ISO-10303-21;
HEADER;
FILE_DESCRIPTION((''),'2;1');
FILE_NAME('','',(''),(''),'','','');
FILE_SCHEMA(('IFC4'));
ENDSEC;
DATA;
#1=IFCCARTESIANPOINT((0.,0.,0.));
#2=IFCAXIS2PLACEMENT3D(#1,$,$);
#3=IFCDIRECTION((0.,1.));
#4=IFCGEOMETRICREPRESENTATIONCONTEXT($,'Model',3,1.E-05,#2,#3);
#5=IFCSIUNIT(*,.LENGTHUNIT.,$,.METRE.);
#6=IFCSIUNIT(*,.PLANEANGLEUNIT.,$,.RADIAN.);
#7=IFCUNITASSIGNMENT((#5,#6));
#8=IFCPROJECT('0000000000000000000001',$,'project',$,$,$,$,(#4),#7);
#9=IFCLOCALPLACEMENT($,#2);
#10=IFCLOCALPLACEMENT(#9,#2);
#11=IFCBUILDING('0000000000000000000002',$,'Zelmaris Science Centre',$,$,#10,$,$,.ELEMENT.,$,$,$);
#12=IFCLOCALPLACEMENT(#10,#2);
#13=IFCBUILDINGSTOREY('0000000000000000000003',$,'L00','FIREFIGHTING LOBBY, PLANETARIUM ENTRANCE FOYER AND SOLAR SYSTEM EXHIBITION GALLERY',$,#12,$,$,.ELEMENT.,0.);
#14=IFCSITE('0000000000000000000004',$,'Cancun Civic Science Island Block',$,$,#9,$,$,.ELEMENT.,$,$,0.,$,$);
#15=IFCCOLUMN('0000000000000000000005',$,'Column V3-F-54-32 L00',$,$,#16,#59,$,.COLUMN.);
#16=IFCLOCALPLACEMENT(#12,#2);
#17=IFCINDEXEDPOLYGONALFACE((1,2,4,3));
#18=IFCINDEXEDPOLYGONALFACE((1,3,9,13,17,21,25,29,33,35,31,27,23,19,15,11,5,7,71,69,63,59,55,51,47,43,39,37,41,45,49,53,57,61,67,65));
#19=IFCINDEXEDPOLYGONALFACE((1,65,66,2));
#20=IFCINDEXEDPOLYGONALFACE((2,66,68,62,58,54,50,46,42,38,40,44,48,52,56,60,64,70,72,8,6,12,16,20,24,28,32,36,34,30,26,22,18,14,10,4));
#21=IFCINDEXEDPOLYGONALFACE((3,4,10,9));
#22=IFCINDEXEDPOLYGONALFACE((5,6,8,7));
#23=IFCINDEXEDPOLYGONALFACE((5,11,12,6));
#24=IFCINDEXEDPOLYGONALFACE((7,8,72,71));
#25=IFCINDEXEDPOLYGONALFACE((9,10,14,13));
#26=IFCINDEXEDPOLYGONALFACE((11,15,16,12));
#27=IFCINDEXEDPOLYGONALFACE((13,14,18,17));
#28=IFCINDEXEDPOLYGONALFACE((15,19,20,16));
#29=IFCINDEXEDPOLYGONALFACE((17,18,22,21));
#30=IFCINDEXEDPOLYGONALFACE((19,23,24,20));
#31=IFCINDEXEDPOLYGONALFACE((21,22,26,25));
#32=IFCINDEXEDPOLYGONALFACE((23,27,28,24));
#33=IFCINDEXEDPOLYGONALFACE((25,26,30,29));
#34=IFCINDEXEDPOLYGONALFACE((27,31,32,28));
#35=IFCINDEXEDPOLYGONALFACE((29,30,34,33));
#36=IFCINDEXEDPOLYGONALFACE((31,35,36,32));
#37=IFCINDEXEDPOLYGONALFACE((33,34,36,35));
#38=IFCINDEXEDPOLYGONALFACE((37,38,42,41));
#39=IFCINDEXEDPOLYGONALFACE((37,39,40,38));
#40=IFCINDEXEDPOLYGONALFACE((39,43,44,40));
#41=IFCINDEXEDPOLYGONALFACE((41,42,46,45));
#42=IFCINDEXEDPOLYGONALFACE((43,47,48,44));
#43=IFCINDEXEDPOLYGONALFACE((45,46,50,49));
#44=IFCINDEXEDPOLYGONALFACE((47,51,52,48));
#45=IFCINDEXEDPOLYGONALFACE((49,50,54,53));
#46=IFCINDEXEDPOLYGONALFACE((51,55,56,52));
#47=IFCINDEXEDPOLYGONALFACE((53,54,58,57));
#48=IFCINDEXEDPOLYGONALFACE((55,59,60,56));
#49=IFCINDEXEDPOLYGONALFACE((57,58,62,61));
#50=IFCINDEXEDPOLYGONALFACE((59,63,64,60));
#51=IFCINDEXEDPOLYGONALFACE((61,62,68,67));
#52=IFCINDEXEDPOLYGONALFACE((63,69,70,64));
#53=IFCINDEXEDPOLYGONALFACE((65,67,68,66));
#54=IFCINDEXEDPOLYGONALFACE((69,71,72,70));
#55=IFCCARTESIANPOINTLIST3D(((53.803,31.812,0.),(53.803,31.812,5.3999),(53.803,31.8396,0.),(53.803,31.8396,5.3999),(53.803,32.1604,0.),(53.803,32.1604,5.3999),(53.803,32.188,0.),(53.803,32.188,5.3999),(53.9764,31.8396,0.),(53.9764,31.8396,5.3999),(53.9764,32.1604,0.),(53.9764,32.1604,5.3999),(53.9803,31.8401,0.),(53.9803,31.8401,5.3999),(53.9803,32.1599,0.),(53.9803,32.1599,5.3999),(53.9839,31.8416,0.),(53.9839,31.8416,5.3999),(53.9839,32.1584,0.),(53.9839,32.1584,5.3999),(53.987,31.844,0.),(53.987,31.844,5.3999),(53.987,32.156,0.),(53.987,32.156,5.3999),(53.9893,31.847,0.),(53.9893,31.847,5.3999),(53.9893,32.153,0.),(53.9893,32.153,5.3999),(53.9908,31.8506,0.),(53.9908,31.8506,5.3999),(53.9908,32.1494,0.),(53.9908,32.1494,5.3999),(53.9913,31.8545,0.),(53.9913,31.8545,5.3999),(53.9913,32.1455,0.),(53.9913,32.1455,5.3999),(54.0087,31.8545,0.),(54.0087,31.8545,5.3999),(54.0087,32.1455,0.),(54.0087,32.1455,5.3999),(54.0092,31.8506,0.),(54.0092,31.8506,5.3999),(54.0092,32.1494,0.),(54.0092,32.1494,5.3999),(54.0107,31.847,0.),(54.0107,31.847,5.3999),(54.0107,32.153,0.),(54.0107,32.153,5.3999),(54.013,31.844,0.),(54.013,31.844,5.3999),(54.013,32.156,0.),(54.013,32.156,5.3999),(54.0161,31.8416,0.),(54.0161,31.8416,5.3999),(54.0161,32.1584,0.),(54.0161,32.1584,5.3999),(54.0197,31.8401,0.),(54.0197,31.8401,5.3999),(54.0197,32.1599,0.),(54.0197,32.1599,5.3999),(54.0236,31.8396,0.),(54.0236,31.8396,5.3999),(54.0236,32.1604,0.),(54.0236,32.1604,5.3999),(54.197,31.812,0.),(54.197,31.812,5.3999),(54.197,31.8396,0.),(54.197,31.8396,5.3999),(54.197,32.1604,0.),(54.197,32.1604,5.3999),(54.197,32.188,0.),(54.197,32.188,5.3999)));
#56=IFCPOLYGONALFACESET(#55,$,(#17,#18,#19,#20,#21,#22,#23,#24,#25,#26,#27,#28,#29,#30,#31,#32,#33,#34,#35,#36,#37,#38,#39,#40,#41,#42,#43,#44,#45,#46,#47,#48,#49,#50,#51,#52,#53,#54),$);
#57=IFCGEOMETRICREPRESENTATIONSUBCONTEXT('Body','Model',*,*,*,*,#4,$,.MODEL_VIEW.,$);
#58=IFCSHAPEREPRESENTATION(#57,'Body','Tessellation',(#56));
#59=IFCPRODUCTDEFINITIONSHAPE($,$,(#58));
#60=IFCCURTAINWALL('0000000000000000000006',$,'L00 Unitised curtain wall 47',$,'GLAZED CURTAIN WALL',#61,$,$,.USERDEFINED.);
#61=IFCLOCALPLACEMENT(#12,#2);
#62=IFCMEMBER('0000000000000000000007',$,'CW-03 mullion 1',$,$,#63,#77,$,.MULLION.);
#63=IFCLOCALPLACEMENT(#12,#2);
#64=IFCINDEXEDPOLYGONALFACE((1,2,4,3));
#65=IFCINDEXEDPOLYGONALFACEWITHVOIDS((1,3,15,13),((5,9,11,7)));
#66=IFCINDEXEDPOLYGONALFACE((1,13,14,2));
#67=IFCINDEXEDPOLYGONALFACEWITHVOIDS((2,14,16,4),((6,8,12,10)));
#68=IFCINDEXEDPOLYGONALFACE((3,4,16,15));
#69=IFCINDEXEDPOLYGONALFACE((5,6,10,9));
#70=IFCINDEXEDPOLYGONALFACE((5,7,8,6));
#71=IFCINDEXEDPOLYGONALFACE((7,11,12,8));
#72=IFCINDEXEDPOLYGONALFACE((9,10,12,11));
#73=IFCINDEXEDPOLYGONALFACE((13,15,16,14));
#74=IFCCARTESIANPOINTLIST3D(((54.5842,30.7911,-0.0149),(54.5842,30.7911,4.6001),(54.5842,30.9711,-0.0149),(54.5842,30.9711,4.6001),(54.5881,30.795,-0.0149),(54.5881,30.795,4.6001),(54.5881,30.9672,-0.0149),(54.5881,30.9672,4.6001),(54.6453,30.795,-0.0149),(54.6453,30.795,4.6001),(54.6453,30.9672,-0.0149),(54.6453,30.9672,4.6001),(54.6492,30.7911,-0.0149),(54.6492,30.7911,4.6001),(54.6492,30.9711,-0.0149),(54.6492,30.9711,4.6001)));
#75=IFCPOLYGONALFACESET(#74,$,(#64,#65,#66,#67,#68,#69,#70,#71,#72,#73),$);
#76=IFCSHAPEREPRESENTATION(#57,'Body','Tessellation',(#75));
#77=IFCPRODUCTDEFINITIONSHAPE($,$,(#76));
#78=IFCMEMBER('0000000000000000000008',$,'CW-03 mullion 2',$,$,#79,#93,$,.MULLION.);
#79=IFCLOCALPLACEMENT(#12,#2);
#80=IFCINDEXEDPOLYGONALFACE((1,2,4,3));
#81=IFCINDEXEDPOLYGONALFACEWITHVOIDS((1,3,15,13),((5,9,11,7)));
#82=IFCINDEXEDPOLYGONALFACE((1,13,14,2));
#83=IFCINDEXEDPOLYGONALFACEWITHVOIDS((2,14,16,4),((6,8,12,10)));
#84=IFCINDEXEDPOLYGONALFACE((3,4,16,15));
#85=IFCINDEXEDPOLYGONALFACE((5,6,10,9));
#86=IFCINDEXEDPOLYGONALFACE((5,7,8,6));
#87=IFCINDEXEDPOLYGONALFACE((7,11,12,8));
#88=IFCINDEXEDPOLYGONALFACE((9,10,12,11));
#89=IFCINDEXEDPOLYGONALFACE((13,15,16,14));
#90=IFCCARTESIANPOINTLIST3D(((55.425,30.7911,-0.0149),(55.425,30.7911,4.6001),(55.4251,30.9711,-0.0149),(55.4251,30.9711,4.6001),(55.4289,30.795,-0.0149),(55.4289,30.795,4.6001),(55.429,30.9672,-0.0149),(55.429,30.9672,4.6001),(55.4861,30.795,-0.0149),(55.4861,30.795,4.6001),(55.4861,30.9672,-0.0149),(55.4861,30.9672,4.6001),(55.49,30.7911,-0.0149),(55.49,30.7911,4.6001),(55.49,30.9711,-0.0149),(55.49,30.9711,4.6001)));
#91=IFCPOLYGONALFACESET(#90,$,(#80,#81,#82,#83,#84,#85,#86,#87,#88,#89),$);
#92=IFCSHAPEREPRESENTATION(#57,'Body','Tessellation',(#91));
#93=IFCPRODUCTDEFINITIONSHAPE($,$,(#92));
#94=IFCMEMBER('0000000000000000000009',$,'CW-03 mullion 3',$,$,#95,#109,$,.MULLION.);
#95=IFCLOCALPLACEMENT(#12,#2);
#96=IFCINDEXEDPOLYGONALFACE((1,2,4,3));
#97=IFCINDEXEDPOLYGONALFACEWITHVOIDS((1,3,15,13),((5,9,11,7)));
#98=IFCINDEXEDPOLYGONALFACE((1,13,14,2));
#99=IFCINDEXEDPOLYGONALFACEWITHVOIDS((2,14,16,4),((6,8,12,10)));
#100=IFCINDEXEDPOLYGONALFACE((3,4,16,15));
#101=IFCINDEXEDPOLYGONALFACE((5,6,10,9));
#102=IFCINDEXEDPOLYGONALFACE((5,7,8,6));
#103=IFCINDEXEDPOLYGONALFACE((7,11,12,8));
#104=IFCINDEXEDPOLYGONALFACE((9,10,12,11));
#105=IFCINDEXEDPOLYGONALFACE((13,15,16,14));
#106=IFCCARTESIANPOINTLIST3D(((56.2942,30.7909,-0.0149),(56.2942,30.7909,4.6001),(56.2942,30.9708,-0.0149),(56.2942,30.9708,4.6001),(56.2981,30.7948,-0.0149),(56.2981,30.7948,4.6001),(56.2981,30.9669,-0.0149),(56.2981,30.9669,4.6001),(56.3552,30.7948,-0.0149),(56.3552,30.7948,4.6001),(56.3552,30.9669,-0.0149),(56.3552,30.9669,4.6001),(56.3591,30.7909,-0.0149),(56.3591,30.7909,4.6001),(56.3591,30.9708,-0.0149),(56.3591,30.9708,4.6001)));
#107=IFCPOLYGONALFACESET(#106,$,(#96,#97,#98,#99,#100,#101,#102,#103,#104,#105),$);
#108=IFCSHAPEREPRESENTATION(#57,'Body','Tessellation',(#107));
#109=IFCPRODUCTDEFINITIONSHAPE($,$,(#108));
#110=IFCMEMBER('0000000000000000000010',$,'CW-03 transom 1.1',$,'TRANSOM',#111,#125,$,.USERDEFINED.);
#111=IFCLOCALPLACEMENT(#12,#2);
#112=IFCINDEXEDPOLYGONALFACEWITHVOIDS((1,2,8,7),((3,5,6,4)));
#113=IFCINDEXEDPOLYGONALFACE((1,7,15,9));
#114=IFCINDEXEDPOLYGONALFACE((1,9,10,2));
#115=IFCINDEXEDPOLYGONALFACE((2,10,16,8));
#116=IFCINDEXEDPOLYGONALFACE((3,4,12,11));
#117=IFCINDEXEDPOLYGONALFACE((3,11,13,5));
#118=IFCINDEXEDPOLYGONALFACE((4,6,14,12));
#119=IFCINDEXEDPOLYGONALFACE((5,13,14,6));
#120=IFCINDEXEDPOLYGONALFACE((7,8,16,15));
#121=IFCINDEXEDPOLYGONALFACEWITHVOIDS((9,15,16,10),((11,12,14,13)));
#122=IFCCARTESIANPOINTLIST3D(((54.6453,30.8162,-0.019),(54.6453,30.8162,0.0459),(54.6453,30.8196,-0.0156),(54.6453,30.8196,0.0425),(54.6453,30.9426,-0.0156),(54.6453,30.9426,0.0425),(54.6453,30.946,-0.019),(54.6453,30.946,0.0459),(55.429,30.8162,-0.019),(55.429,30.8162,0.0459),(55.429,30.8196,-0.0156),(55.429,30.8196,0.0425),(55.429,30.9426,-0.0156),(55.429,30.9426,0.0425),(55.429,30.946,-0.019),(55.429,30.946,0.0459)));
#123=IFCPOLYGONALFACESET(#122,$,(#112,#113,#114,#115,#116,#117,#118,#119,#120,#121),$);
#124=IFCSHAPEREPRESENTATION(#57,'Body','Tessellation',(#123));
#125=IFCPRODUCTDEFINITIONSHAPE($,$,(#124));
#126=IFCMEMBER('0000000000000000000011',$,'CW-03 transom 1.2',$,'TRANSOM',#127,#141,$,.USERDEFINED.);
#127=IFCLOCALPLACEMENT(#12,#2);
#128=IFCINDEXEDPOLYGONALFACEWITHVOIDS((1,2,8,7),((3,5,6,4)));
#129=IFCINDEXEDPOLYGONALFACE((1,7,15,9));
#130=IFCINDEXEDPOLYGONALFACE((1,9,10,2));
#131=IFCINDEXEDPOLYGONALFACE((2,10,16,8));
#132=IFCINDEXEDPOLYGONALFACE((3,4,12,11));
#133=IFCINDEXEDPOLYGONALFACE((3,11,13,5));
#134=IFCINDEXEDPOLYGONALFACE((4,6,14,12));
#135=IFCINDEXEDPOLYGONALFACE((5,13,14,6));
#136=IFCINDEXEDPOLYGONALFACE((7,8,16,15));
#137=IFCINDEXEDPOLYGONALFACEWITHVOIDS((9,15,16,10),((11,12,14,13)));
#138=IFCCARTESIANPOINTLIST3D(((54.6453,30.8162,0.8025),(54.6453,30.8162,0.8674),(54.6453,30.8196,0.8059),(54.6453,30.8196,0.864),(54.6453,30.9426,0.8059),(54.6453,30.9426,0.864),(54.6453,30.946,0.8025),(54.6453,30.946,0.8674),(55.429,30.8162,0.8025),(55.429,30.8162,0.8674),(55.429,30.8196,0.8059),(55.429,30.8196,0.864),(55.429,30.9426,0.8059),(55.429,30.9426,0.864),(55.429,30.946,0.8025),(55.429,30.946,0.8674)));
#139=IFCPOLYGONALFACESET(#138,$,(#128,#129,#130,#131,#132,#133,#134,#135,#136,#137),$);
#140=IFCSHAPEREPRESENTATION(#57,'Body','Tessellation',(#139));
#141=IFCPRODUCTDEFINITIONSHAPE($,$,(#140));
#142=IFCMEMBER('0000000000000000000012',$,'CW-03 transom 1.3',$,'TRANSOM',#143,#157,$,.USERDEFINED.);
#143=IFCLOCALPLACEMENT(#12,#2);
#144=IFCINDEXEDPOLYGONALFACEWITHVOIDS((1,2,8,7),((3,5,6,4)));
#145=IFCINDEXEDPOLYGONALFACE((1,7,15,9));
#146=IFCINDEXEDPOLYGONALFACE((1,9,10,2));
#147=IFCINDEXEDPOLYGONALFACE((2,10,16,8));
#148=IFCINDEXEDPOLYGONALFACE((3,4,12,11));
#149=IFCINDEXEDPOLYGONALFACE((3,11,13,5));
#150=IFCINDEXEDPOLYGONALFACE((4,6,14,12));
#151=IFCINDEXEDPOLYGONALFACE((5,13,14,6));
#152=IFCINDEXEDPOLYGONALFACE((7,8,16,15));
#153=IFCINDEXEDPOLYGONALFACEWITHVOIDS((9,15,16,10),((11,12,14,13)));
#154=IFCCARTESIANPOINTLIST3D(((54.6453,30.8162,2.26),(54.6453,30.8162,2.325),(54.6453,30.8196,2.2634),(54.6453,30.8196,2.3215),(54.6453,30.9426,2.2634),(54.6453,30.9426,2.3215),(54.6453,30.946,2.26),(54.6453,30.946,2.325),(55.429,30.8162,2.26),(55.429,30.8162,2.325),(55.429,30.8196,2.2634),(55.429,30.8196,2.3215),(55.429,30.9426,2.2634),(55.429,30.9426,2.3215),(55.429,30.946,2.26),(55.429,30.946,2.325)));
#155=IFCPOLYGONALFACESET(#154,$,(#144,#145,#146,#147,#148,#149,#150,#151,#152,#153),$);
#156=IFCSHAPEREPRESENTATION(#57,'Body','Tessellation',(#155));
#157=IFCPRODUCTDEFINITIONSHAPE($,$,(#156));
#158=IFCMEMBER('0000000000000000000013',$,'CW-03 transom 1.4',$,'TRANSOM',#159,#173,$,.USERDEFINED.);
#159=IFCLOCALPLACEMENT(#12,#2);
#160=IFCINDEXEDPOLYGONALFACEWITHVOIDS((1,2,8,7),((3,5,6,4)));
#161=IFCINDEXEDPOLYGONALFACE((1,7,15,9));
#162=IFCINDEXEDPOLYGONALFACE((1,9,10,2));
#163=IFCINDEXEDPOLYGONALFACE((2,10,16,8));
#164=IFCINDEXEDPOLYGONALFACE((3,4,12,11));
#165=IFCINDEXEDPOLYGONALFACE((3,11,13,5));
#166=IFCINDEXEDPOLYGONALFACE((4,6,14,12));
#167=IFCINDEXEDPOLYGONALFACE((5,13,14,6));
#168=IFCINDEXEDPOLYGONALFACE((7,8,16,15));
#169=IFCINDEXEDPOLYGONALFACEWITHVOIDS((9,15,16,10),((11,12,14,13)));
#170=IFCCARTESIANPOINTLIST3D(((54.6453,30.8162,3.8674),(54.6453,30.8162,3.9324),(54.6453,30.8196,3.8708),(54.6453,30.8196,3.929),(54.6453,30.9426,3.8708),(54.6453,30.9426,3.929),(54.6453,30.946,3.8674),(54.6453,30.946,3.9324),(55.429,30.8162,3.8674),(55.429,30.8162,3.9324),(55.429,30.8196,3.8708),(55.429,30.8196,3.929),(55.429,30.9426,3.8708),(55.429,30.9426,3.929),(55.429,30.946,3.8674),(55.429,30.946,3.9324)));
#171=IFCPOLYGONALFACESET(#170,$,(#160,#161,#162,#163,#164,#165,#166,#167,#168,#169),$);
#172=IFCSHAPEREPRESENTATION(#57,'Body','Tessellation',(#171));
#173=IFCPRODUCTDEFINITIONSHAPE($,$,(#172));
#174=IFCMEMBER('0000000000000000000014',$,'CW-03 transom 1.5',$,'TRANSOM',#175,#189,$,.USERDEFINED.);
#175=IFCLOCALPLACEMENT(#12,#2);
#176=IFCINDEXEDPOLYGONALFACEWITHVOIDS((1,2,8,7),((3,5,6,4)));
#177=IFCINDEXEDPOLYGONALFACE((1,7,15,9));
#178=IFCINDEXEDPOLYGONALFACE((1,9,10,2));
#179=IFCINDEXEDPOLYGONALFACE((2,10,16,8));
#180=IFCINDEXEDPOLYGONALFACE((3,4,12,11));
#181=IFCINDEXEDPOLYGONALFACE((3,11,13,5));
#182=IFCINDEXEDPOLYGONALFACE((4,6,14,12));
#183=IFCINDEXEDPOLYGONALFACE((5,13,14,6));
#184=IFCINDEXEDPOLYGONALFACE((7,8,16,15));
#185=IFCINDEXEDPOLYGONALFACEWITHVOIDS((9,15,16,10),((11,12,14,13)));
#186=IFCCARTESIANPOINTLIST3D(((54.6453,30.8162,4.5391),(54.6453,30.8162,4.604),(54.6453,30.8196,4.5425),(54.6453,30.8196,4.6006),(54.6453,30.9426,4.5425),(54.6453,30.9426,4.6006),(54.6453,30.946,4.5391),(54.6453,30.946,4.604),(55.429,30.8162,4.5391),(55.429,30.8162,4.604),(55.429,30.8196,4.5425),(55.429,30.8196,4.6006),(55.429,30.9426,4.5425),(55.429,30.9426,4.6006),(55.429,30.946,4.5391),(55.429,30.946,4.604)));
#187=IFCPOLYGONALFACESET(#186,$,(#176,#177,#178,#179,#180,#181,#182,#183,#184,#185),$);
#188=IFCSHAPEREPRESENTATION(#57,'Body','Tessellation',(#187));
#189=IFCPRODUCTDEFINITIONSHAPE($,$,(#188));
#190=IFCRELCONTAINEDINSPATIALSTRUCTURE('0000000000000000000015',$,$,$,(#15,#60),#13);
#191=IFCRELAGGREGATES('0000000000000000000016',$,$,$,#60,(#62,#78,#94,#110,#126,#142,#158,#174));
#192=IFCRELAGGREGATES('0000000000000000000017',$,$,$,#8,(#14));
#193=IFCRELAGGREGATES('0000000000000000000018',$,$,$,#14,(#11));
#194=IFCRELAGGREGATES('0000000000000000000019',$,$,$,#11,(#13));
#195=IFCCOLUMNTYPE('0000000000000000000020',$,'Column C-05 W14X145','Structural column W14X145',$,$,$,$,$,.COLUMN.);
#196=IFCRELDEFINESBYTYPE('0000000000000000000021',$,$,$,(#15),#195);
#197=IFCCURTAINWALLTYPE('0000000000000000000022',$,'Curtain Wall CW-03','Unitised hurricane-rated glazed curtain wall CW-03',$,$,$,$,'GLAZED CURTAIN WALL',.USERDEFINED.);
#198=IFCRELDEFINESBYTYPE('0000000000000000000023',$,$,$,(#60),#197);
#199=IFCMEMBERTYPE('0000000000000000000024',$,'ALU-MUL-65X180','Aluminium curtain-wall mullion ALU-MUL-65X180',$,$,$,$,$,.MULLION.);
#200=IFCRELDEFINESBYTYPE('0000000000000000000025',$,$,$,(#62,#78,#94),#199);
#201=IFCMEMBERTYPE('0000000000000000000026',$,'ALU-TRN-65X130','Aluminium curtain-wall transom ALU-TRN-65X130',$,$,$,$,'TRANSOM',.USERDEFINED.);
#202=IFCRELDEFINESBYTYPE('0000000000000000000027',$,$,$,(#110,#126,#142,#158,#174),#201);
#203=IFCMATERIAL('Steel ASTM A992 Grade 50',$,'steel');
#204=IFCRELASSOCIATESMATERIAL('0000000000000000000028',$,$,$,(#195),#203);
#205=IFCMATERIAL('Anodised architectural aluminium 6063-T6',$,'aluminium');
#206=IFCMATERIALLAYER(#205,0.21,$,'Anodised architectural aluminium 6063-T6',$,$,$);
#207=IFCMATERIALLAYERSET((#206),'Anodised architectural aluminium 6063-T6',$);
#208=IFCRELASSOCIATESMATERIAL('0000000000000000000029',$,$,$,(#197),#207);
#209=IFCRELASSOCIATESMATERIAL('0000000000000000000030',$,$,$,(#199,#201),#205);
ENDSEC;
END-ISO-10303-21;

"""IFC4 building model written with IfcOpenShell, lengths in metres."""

from ifc_helpers import new_model, si_unit, direction, frame, origin, origin_2d, place, context, subcontext, project, spatial, hollow_rectangle, i_section, extrude, material, layer, layer_set, material_profile, profile_set, type_object, element, aggregate, save


model = new_model("IFC4")

# Units and contexts
model_context = context("Model", 3, precision=1e-05, world=origin(), true_north=direction((0.0, 1.0)))
body_context = subcontext(model_context, "Body", "Model", "MODEL_VIEW")
ifc_project = project(units=[si_unit("LENGTHUNIT", "METRE"), si_unit("PLANEANGLEUNIT", "RADIAN")], contexts=[model_context])

# Site, building, storey
site_placement = place(None, origin())
site = spatial("IfcSite", under=ifc_project, at=site_placement, Name="Cancun Civic Science Island Block", CompositionType="ELEMENT", RefElevation=0.0)
building_placement = place(site_placement, origin())
building = spatial("IfcBuilding", under=site, at=building_placement, Name="Zelmaris Science Centre", CompositionType="ELEMENT")
storey_placement = place(building_placement, origin())
storey = spatial("IfcBuildingStorey", under=building, at=storey_placement, Name="L00", Description="FIREFIGHTING LOBBY, PLANETARIUM ENTRANCE FOYER AND SOLAR SYSTEM EXHIBITION GALLERY", CompositionType="ELEMENT", Elevation=0.0)

# Column
ifc_material_1 = material(Name="Steel ASTM A992 Grade 50", Category="steel")
ifc_material_profile_1 = material_profile(ifc_material_1, i_section(OverallWidth=0.394, OverallDepth=0.376, WebThickness=0.0173, FlangeThickness=0.0276, FilletRadius=0.0149, at=origin_2d()), Name="W14X145")
ifc_profile_set_1 = profile_set([ifc_material_profile_1], Name="Steel ASTM A992 Grade 50")
column_type = type_object("IfcColumnType", Name="Column C-05 W14X145", Description="Structural column W14X145", PredefinedType="COLUMN", material=ifc_profile_set_1)
column_placement = place(storey_placement, frame((54.0, 32.0, 0.0), z_axis=(0.0, 0.0, 1.0), x_axis=(1.0, 0.0, 0.0)))
element("IfcColumn", 1, at=column_placement, inside=storey, type_object=column_type, Name="Column V3-F-54-32 L00", PredefinedType="COLUMN", context=body_context, shape_type="SweptSolid", body=[
    extrude(i_section(OverallWidth=0.394, OverallDepth=0.376, WebThickness=0.0173, FlangeThickness=0.0276, FilletRadius=0.0149, at=origin_2d()), origin(), (0.0, 0.0, 1.0), 5.3999),
])

# Curtain wall, members
ifc_material_2 = material(Name="Anodised architectural aluminium 6063-T6", Category="aluminium")
ifc_layer_1 = layer(ifc_material_2, 0.21, Name="Anodised architectural aluminium 6063-T6")
ifc_layer_set_1 = layer_set([ifc_layer_1], Name="Anodised architectural aluminium 6063-T6")
curtain_wall_type = type_object("IfcCurtainWallType", Name="Curtain Wall CW-03", Description="Unitised hurricane-rated glazed curtain wall CW-03", ElementType="GLAZED CURTAIN WALL", PredefinedType="USERDEFINED", material=ifc_layer_set_1)
curtain_wall_placement = place(storey_placement, origin())
curtain_wall = element("IfcCurtainWall", 2, at=curtain_wall_placement, inside=storey, type_object=curtain_wall_type, Name="L00 Unitised curtain wall 47", ObjectType="GLAZED CURTAIN WALL", PredefinedType="USERDEFINED")
ifc_material_profile_2 = material_profile(ifc_material_2, hollow_rectangle(XDim=0.0649, YDim=0.1799, WallThickness=0.0039, at=origin_2d()), Name="ALU-MUL-65X180")
ifc_profile_set_2 = profile_set([ifc_material_profile_2], Name="Anodised architectural aluminium 6063-T6")
member_type_1 = type_object("IfcMemberType", Name="ALU-MUL-65X180", Description="Aluminium curtain-wall mullion ALU-MUL-65X180", PredefinedType="MULLION", material=ifc_profile_set_2)
member_1_placement = place(storey_placement, frame((54.6167, 30.8811, -0.0149), z_axis=(0.0, 0.0, 1.0), x_axis=(1.0, -0.000117, 0.0)))
member_1 = element("IfcMember", 3, at=member_1_placement, type_object=member_type_1, Name="CW-03 mullion 1", PredefinedType="MULLION", context=body_context, shape_type="SweptSolid", body=[
    extrude(hollow_rectangle(XDim=0.0649, YDim=0.1799, WallThickness=0.0039, at=origin_2d()), origin(), (0.0, 0.0, 1.0), 4.615),
])
member_2_placement = place(storey_placement, frame((55.4575, 30.8811, -0.0149), z_axis=(0.0, 0.0, 1.0), x_axis=(1.0, -0.000117, 0.0)))
member_2 = element("IfcMember", 4, at=member_2_placement, type_object=member_type_1, Name="CW-03 mullion 2", PredefinedType="MULLION", context=body_context, shape_type="SweptSolid", body=[
    extrude(hollow_rectangle(XDim=0.0649, YDim=0.1799, WallThickness=0.0039, at=origin_2d()), origin(), (0.0, 0.0, 1.0), 4.615),
])
member_3_placement = place(storey_placement, frame((56.3267, 30.8809, -0.0149), z_axis=(0.0, 0.0, 1.0), x_axis=(1.0, -0.000117, 0.0)))
member_3 = element("IfcMember", 5, at=member_3_placement, type_object=member_type_1, Name="CW-03 mullion 3", PredefinedType="MULLION", context=body_context, shape_type="SweptSolid", body=[
    extrude(hollow_rectangle(XDim=0.0649, YDim=0.1799, WallThickness=0.0039, at=origin_2d()), origin(), (0.0, 0.0, 1.0), 4.615),
])
ifc_material_profile_3 = material_profile(ifc_material_2, hollow_rectangle(XDim=0.0649, YDim=0.1299, WallThickness=0.0034, at=origin_2d()), Name="ALU-TRN-65X130")
ifc_profile_set_3 = profile_set([ifc_material_profile_3], Name="Anodised architectural aluminium 6063-T6")
member_type_2 = type_object("IfcMemberType", Name="ALU-TRN-65X130", Description="Aluminium curtain-wall transom ALU-TRN-65X130", ElementType="TRANSOM", PredefinedType="USERDEFINED", material=ifc_profile_set_3)
member_4_placement = place(storey_placement, frame((54.6453, 30.8811, 0.0134), z_axis=(1.0, 0.0, 0.0), x_axis=(0.0, 0.0, 1.0)))
member_4 = element("IfcMember", 6, at=member_4_placement, type_object=member_type_2, Name="CW-03 transom 1.1", ObjectType="TRANSOM", PredefinedType="USERDEFINED", context=body_context, shape_type="SweptSolid", body=[
    extrude(hollow_rectangle(XDim=0.0649, YDim=0.1299, WallThickness=0.0034, at=origin_2d()), origin(), (0.0, 0.0, 1.0), 0.7837),
])
member_5_placement = place(storey_placement, frame((54.6453, 30.8811, 0.835), z_axis=(1.0, 0.0, 0.0), x_axis=(0.0, 0.0, 1.0)))
member_5 = element("IfcMember", 7, at=member_5_placement, type_object=member_type_2, Name="CW-03 transom 1.2", ObjectType="TRANSOM", PredefinedType="USERDEFINED", context=body_context, shape_type="SweptSolid", body=[
    extrude(hollow_rectangle(XDim=0.0649, YDim=0.1299, WallThickness=0.0034, at=origin_2d()), origin(), (0.0, 0.0, 1.0), 0.7837),
])
member_6_placement = place(storey_placement, frame((54.6453, 30.8811, 2.2925), z_axis=(1.0, 0.0, 0.0), x_axis=(0.0, 0.0, 1.0)))
member_6 = element("IfcMember", 8, at=member_6_placement, type_object=member_type_2, Name="CW-03 transom 1.3", ObjectType="TRANSOM", PredefinedType="USERDEFINED", context=body_context, shape_type="SweptSolid", body=[
    extrude(hollow_rectangle(XDim=0.0649, YDim=0.1299, WallThickness=0.0034, at=origin_2d()), origin(), (0.0, 0.0, 1.0), 0.7837),
])
member_7_placement = place(storey_placement, frame((54.6453, 30.8811, 3.8999), z_axis=(1.0, 0.0, 0.0), x_axis=(0.0, 0.0, 1.0)))
member_7 = element("IfcMember", 9, at=member_7_placement, type_object=member_type_2, Name="CW-03 transom 1.4", ObjectType="TRANSOM", PredefinedType="USERDEFINED", context=body_context, shape_type="SweptSolid", body=[
    extrude(hollow_rectangle(XDim=0.0649, YDim=0.1299, WallThickness=0.0034, at=origin_2d()), origin(), (0.0, 0.0, 1.0), 0.7837),
])
member_8_placement = place(storey_placement, frame((54.6453, 30.8811, 4.5715), z_axis=(1.0, 0.0, 0.0), x_axis=(0.0, 0.0, 1.0)))
member_8 = element("IfcMember", 10, at=member_8_placement, type_object=member_type_2, Name="CW-03 transom 1.5", ObjectType="TRANSOM", PredefinedType="USERDEFINED", context=body_context, shape_type="SweptSolid", body=[
    extrude(hollow_rectangle(XDim=0.0649, YDim=0.1299, WallThickness=0.0034, at=origin_2d()), origin(), (0.0, 0.0, 1.0), 0.7837),
])

aggregate(curtain_wall, [member_1, member_2, member_3, member_4, member_5, member_6, member_7, member_8])

save(model, "model.ifc")
